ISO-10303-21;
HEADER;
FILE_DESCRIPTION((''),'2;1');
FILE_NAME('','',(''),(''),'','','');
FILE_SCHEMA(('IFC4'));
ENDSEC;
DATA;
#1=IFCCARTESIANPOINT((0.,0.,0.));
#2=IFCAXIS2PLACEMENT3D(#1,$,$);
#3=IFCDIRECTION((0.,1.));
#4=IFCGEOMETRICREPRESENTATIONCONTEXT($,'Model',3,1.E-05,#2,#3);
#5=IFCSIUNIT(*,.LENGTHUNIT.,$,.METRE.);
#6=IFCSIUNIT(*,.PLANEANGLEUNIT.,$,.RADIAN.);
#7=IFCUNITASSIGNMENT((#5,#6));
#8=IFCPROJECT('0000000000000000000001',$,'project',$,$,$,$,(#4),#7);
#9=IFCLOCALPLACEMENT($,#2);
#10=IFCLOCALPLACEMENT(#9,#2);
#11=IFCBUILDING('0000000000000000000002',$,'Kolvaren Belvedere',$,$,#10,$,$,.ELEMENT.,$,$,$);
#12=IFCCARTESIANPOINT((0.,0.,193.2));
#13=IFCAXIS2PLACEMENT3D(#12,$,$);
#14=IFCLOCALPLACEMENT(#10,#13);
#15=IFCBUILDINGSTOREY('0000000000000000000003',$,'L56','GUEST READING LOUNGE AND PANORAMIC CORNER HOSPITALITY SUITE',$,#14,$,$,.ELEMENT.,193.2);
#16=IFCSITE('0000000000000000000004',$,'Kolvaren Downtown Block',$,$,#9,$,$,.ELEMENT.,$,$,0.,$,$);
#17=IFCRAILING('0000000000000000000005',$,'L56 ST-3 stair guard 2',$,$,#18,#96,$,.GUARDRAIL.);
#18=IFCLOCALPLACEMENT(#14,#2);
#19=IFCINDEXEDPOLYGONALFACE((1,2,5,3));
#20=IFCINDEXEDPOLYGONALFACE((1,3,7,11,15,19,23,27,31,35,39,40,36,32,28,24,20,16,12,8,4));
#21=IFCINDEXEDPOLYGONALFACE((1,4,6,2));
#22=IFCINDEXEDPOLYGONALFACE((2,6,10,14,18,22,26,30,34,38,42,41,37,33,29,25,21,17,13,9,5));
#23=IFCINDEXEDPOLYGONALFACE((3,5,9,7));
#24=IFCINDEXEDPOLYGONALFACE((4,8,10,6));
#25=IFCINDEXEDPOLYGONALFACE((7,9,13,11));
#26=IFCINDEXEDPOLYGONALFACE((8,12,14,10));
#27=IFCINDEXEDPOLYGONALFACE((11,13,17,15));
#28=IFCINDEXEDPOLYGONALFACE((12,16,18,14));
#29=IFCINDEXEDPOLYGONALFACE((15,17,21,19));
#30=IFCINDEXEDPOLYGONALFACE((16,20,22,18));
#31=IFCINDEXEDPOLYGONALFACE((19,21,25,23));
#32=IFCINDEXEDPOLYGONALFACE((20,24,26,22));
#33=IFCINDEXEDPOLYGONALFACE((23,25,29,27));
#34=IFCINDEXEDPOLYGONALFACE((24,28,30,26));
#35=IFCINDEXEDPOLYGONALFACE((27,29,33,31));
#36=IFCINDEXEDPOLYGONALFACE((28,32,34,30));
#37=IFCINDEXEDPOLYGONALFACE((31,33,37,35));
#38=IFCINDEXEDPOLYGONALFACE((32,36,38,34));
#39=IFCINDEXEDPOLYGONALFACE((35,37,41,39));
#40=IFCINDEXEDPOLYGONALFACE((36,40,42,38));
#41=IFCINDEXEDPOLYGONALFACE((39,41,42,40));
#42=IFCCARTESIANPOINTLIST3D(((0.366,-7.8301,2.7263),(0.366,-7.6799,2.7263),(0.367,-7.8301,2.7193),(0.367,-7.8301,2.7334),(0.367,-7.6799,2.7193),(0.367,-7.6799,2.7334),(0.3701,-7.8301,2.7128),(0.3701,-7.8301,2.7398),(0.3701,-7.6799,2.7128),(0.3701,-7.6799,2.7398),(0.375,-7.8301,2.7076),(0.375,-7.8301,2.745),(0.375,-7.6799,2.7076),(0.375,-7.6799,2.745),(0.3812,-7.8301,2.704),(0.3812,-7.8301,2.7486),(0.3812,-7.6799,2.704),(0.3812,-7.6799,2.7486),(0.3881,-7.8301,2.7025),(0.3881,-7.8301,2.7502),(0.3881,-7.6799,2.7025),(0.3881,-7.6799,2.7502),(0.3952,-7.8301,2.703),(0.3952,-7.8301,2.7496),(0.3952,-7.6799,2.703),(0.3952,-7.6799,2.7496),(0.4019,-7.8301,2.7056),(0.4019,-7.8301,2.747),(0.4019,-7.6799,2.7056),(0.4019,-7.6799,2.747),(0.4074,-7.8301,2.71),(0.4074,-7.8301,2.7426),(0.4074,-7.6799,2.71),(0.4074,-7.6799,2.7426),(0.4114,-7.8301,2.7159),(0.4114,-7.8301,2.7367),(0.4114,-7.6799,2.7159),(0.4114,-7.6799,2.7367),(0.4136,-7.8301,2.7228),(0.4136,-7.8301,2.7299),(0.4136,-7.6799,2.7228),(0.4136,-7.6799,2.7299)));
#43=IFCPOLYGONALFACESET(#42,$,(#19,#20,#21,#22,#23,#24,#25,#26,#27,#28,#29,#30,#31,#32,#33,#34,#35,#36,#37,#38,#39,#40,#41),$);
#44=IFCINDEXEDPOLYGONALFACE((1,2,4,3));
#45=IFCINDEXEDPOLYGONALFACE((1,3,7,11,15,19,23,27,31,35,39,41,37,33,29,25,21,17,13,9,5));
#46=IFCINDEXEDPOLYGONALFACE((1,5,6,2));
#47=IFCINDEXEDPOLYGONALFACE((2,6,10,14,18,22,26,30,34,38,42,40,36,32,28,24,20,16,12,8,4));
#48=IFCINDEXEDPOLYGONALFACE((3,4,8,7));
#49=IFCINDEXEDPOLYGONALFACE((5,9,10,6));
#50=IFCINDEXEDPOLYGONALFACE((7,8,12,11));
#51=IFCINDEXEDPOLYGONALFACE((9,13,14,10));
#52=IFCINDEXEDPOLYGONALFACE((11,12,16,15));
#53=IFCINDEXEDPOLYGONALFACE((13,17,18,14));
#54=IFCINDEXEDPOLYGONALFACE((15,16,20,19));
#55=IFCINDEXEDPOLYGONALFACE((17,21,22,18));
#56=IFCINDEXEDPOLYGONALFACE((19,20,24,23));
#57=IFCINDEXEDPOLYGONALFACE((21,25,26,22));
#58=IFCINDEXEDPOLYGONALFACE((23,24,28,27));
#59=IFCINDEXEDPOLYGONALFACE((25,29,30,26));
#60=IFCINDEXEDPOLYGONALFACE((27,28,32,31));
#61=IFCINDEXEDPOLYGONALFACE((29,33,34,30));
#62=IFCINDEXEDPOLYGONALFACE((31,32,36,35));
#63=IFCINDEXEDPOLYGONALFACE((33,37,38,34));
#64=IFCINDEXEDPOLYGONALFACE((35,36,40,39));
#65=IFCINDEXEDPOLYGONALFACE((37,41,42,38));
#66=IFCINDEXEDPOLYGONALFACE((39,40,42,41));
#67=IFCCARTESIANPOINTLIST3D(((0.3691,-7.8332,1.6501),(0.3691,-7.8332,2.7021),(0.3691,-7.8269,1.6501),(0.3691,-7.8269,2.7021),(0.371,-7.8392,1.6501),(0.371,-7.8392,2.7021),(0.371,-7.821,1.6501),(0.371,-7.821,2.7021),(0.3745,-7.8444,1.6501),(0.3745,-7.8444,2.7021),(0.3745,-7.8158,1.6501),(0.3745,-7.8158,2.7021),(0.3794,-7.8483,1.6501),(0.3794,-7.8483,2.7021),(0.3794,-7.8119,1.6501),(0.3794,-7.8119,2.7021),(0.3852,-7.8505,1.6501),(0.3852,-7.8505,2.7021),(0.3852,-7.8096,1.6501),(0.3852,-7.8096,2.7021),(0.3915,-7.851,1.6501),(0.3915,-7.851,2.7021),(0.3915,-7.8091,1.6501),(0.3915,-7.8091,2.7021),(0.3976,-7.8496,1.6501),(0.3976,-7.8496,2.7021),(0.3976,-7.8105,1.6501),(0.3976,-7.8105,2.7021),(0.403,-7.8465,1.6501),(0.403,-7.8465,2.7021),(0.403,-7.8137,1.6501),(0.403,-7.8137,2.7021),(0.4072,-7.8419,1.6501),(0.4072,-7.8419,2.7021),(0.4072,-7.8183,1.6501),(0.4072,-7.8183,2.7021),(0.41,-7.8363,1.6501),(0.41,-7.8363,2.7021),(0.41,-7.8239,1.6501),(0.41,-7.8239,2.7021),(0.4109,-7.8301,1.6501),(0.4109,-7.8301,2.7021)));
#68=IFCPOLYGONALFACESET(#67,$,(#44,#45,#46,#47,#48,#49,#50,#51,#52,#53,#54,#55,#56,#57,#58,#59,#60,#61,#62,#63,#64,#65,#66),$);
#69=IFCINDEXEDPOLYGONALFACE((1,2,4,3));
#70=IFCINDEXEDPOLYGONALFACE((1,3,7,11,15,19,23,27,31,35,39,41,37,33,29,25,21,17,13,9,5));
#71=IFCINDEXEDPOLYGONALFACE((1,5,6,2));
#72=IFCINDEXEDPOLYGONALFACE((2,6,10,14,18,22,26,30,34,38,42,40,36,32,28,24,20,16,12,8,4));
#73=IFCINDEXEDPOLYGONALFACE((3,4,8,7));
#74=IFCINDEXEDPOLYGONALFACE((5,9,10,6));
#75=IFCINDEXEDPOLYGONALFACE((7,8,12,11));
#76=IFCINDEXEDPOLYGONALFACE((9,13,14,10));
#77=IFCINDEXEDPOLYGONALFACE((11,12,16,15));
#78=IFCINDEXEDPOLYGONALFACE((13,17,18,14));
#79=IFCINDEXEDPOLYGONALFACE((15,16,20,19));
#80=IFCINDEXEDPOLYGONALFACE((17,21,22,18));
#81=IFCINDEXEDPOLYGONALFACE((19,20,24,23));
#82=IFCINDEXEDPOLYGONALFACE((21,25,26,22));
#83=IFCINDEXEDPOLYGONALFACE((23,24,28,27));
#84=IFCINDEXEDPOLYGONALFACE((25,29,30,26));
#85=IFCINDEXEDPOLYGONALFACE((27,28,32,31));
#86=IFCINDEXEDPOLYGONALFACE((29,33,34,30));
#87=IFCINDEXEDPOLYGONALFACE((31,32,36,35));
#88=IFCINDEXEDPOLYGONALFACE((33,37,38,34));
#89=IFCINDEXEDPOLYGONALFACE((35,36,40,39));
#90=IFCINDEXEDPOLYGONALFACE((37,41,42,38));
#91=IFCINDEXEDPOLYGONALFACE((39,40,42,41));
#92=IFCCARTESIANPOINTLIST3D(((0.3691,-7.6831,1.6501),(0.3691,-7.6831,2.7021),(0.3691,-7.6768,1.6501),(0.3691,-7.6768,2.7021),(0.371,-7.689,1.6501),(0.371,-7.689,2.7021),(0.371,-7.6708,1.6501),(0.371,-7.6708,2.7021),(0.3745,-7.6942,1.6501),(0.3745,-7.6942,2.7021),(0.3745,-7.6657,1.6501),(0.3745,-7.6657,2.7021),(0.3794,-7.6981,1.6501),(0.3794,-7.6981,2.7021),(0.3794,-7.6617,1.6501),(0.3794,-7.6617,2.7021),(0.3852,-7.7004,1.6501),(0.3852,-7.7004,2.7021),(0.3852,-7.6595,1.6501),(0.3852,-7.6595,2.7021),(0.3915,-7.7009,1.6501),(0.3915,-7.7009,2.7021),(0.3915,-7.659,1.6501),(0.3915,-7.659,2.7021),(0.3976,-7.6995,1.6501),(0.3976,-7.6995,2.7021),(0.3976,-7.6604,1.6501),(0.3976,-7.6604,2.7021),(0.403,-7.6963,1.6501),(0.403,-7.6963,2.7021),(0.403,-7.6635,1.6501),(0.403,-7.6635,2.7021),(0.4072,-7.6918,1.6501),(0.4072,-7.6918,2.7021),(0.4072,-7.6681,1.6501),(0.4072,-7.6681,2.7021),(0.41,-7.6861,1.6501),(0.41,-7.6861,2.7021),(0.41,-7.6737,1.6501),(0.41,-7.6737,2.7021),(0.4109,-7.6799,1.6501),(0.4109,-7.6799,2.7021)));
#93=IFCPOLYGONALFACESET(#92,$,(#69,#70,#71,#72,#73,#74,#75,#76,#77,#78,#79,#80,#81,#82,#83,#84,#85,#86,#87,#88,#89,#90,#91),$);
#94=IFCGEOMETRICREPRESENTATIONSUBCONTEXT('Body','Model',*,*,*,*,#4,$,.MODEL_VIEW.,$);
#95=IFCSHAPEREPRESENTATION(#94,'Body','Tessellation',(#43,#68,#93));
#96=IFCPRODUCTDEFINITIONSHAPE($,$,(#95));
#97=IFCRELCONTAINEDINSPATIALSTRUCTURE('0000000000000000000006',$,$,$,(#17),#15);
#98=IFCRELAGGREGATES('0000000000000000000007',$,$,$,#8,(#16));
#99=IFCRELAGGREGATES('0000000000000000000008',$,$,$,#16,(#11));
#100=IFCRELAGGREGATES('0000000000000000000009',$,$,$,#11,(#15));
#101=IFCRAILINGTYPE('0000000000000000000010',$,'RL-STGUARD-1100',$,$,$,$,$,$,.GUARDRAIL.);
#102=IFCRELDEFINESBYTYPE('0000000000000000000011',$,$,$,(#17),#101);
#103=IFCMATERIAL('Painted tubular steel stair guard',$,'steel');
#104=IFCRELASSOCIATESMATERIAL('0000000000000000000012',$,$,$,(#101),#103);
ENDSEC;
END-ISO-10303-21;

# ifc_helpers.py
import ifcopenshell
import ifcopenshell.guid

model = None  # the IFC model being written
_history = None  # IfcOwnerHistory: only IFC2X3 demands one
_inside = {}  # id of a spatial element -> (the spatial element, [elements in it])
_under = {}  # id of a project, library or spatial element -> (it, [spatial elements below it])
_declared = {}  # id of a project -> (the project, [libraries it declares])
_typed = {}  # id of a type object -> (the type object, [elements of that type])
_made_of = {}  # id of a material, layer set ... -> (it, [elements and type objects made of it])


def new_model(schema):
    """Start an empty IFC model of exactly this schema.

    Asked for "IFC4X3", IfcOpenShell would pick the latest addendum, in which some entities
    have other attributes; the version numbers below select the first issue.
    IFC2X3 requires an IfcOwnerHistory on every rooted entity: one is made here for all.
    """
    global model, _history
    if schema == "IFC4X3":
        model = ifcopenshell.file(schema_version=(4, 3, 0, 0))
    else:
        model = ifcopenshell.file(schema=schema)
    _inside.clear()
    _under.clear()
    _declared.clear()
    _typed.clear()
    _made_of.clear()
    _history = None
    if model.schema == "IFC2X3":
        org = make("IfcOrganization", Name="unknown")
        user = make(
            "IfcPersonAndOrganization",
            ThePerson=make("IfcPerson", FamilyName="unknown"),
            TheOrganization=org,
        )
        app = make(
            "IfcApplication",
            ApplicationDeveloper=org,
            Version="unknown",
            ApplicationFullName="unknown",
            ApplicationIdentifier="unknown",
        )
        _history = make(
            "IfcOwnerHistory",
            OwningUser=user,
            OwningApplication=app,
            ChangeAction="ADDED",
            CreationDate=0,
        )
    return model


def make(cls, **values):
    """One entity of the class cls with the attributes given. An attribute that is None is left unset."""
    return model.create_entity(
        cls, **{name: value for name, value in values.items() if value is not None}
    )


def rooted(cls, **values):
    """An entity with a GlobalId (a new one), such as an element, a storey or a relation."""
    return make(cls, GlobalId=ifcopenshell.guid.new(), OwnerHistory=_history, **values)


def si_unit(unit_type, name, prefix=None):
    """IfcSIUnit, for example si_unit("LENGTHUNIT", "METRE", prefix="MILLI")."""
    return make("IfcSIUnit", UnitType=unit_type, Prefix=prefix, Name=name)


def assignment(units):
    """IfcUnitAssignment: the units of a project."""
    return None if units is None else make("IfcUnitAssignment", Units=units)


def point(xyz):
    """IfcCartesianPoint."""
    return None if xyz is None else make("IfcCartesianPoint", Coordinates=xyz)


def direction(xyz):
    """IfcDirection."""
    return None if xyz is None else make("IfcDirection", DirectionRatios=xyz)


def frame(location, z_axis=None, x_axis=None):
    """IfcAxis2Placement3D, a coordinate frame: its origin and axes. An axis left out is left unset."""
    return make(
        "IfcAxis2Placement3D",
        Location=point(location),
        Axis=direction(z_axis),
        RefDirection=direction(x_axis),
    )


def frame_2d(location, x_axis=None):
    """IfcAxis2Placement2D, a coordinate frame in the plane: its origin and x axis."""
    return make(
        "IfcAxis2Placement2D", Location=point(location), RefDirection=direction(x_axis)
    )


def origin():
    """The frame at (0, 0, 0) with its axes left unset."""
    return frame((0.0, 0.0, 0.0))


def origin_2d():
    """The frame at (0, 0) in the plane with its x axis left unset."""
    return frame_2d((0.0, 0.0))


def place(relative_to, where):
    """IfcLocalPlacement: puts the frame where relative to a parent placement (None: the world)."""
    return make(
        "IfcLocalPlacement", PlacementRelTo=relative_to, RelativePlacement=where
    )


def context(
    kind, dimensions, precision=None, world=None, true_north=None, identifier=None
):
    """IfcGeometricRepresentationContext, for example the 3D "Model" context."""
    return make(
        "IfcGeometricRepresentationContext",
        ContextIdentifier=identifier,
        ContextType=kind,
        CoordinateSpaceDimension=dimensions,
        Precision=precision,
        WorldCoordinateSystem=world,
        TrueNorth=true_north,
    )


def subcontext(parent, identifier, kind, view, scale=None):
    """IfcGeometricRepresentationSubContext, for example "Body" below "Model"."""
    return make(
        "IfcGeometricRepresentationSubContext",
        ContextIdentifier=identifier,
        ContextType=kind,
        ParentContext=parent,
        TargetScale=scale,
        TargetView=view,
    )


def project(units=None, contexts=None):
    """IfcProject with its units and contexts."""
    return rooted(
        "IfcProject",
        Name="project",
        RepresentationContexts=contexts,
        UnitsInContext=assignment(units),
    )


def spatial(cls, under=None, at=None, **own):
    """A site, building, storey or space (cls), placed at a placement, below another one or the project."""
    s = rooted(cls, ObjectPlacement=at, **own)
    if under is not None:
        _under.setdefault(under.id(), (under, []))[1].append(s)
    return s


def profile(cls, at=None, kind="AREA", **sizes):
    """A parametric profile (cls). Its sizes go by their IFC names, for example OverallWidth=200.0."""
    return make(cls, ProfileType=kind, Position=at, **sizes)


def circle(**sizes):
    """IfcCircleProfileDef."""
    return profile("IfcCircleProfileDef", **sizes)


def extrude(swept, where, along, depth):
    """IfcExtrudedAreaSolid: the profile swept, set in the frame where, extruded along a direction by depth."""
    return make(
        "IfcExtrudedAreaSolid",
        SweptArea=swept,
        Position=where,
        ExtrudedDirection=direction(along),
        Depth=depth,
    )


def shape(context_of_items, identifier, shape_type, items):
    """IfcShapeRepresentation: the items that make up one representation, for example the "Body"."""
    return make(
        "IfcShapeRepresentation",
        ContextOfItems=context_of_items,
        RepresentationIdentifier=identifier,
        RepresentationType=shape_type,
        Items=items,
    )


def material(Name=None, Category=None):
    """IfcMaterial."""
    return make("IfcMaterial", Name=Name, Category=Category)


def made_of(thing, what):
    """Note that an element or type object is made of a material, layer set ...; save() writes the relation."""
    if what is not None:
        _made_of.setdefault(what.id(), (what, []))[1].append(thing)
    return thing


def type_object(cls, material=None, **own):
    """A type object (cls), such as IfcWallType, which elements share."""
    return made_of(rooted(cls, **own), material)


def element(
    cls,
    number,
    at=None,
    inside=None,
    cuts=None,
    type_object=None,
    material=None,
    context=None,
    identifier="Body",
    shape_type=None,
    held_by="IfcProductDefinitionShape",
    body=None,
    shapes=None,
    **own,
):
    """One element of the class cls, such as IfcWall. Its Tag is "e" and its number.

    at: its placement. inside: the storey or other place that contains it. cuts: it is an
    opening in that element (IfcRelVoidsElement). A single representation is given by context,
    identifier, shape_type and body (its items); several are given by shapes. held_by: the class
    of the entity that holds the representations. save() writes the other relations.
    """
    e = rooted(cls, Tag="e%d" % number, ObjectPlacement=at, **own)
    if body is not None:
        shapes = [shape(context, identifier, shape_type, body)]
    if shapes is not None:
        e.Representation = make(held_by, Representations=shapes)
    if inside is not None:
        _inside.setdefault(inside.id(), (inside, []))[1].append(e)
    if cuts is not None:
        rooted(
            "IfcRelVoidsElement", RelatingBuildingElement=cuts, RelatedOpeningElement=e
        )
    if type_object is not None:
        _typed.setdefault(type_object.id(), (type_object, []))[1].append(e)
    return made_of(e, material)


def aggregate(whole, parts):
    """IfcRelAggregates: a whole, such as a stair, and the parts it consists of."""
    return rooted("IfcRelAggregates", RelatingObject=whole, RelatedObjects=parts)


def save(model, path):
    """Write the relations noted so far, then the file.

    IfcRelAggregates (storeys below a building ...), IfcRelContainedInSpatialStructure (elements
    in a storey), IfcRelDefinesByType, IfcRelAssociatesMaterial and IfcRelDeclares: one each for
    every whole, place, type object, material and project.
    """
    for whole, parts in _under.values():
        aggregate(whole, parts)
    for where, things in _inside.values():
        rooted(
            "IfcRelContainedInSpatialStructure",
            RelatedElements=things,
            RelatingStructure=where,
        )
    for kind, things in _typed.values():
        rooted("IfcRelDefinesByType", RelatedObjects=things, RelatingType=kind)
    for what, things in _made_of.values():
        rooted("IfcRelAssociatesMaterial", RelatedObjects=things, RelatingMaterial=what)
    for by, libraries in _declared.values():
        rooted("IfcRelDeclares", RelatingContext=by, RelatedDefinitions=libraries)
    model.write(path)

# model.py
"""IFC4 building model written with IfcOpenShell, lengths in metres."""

from ifc_helpers import new_model, si_unit, direction, frame, origin, origin_2d, place, context, subcontext, project, spatial, circle, extrude, material, type_object, element, save


model = new_model("IFC4")

# Units and contexts
model_context = context("Model", 3, precision=1e-05, world=origin(), true_north=direction((0.0, 1.0)))
body_context = subcontext(model_context, "Body", "Model", "MODEL_VIEW")
ifc_project = project(units=[si_unit("LENGTHUNIT", "METRE"), si_unit("PLANEANGLEUNIT", "RADIAN")], contexts=[model_context])

# Site, building, storey
site_placement = place(None, origin())
site = spatial("IfcSite", under=ifc_project, at=site_placement, Name="Kolvaren Downtown Block", CompositionType="ELEMENT", RefElevation=0.0)
building_placement = place(site_placement, origin())
building = spatial("IfcBuilding", under=site, at=building_placement, Name="Kolvaren Belvedere", CompositionType="ELEMENT")
storey_placement = place(building_placement, frame((0.0, 0.0, 193.2)))
storey = spatial("IfcBuildingStorey", under=building, at=storey_placement, Name="L56", Description="GUEST READING LOUNGE AND PANORAMIC CORNER HOSPITALITY SUITE", CompositionType="ELEMENT", Elevation=193.2)

# Railing
ifc_material_1 = material(Name="Painted tubular steel stair guard", Category="steel")
railing_type_1 = type_object("IfcRailingType", Name="RL-STGUARD-1100", PredefinedType="GUARDRAIL", material=ifc_material_1)
railing_1_placement = place(storey_placement, frame((0.3899, -7.8301, 1.6501)))
element("IfcRailing", 1, at=railing_1_placement, inside=storey, type_object=railing_type_1, Name="L56 ST-3 stair guard 2", PredefinedType="GUARDRAIL", context=body_context, shape_type="SweptSolid", body=[
    extrude(circle(Radius=0.0239, at=origin_2d()), frame((0.0, 0.0, 1.0762), z_axis=(0.0, 1.0, 0.0), x_axis=(-1.0, 0.0, 0.0)), (0.0, 0.0, 1.0), 0.1501),
    extrude(circle(Radius=0.021, at=origin_2d()), origin(), (0.0, 0.0, 1.0), 1.052),
    extrude(circle(Radius=0.021, at=origin_2d()), frame((0.0, 0.1501, 0.0)), (0.0, 0.0, 1.0), 1.052),
])

save(model, "model.ifc")
